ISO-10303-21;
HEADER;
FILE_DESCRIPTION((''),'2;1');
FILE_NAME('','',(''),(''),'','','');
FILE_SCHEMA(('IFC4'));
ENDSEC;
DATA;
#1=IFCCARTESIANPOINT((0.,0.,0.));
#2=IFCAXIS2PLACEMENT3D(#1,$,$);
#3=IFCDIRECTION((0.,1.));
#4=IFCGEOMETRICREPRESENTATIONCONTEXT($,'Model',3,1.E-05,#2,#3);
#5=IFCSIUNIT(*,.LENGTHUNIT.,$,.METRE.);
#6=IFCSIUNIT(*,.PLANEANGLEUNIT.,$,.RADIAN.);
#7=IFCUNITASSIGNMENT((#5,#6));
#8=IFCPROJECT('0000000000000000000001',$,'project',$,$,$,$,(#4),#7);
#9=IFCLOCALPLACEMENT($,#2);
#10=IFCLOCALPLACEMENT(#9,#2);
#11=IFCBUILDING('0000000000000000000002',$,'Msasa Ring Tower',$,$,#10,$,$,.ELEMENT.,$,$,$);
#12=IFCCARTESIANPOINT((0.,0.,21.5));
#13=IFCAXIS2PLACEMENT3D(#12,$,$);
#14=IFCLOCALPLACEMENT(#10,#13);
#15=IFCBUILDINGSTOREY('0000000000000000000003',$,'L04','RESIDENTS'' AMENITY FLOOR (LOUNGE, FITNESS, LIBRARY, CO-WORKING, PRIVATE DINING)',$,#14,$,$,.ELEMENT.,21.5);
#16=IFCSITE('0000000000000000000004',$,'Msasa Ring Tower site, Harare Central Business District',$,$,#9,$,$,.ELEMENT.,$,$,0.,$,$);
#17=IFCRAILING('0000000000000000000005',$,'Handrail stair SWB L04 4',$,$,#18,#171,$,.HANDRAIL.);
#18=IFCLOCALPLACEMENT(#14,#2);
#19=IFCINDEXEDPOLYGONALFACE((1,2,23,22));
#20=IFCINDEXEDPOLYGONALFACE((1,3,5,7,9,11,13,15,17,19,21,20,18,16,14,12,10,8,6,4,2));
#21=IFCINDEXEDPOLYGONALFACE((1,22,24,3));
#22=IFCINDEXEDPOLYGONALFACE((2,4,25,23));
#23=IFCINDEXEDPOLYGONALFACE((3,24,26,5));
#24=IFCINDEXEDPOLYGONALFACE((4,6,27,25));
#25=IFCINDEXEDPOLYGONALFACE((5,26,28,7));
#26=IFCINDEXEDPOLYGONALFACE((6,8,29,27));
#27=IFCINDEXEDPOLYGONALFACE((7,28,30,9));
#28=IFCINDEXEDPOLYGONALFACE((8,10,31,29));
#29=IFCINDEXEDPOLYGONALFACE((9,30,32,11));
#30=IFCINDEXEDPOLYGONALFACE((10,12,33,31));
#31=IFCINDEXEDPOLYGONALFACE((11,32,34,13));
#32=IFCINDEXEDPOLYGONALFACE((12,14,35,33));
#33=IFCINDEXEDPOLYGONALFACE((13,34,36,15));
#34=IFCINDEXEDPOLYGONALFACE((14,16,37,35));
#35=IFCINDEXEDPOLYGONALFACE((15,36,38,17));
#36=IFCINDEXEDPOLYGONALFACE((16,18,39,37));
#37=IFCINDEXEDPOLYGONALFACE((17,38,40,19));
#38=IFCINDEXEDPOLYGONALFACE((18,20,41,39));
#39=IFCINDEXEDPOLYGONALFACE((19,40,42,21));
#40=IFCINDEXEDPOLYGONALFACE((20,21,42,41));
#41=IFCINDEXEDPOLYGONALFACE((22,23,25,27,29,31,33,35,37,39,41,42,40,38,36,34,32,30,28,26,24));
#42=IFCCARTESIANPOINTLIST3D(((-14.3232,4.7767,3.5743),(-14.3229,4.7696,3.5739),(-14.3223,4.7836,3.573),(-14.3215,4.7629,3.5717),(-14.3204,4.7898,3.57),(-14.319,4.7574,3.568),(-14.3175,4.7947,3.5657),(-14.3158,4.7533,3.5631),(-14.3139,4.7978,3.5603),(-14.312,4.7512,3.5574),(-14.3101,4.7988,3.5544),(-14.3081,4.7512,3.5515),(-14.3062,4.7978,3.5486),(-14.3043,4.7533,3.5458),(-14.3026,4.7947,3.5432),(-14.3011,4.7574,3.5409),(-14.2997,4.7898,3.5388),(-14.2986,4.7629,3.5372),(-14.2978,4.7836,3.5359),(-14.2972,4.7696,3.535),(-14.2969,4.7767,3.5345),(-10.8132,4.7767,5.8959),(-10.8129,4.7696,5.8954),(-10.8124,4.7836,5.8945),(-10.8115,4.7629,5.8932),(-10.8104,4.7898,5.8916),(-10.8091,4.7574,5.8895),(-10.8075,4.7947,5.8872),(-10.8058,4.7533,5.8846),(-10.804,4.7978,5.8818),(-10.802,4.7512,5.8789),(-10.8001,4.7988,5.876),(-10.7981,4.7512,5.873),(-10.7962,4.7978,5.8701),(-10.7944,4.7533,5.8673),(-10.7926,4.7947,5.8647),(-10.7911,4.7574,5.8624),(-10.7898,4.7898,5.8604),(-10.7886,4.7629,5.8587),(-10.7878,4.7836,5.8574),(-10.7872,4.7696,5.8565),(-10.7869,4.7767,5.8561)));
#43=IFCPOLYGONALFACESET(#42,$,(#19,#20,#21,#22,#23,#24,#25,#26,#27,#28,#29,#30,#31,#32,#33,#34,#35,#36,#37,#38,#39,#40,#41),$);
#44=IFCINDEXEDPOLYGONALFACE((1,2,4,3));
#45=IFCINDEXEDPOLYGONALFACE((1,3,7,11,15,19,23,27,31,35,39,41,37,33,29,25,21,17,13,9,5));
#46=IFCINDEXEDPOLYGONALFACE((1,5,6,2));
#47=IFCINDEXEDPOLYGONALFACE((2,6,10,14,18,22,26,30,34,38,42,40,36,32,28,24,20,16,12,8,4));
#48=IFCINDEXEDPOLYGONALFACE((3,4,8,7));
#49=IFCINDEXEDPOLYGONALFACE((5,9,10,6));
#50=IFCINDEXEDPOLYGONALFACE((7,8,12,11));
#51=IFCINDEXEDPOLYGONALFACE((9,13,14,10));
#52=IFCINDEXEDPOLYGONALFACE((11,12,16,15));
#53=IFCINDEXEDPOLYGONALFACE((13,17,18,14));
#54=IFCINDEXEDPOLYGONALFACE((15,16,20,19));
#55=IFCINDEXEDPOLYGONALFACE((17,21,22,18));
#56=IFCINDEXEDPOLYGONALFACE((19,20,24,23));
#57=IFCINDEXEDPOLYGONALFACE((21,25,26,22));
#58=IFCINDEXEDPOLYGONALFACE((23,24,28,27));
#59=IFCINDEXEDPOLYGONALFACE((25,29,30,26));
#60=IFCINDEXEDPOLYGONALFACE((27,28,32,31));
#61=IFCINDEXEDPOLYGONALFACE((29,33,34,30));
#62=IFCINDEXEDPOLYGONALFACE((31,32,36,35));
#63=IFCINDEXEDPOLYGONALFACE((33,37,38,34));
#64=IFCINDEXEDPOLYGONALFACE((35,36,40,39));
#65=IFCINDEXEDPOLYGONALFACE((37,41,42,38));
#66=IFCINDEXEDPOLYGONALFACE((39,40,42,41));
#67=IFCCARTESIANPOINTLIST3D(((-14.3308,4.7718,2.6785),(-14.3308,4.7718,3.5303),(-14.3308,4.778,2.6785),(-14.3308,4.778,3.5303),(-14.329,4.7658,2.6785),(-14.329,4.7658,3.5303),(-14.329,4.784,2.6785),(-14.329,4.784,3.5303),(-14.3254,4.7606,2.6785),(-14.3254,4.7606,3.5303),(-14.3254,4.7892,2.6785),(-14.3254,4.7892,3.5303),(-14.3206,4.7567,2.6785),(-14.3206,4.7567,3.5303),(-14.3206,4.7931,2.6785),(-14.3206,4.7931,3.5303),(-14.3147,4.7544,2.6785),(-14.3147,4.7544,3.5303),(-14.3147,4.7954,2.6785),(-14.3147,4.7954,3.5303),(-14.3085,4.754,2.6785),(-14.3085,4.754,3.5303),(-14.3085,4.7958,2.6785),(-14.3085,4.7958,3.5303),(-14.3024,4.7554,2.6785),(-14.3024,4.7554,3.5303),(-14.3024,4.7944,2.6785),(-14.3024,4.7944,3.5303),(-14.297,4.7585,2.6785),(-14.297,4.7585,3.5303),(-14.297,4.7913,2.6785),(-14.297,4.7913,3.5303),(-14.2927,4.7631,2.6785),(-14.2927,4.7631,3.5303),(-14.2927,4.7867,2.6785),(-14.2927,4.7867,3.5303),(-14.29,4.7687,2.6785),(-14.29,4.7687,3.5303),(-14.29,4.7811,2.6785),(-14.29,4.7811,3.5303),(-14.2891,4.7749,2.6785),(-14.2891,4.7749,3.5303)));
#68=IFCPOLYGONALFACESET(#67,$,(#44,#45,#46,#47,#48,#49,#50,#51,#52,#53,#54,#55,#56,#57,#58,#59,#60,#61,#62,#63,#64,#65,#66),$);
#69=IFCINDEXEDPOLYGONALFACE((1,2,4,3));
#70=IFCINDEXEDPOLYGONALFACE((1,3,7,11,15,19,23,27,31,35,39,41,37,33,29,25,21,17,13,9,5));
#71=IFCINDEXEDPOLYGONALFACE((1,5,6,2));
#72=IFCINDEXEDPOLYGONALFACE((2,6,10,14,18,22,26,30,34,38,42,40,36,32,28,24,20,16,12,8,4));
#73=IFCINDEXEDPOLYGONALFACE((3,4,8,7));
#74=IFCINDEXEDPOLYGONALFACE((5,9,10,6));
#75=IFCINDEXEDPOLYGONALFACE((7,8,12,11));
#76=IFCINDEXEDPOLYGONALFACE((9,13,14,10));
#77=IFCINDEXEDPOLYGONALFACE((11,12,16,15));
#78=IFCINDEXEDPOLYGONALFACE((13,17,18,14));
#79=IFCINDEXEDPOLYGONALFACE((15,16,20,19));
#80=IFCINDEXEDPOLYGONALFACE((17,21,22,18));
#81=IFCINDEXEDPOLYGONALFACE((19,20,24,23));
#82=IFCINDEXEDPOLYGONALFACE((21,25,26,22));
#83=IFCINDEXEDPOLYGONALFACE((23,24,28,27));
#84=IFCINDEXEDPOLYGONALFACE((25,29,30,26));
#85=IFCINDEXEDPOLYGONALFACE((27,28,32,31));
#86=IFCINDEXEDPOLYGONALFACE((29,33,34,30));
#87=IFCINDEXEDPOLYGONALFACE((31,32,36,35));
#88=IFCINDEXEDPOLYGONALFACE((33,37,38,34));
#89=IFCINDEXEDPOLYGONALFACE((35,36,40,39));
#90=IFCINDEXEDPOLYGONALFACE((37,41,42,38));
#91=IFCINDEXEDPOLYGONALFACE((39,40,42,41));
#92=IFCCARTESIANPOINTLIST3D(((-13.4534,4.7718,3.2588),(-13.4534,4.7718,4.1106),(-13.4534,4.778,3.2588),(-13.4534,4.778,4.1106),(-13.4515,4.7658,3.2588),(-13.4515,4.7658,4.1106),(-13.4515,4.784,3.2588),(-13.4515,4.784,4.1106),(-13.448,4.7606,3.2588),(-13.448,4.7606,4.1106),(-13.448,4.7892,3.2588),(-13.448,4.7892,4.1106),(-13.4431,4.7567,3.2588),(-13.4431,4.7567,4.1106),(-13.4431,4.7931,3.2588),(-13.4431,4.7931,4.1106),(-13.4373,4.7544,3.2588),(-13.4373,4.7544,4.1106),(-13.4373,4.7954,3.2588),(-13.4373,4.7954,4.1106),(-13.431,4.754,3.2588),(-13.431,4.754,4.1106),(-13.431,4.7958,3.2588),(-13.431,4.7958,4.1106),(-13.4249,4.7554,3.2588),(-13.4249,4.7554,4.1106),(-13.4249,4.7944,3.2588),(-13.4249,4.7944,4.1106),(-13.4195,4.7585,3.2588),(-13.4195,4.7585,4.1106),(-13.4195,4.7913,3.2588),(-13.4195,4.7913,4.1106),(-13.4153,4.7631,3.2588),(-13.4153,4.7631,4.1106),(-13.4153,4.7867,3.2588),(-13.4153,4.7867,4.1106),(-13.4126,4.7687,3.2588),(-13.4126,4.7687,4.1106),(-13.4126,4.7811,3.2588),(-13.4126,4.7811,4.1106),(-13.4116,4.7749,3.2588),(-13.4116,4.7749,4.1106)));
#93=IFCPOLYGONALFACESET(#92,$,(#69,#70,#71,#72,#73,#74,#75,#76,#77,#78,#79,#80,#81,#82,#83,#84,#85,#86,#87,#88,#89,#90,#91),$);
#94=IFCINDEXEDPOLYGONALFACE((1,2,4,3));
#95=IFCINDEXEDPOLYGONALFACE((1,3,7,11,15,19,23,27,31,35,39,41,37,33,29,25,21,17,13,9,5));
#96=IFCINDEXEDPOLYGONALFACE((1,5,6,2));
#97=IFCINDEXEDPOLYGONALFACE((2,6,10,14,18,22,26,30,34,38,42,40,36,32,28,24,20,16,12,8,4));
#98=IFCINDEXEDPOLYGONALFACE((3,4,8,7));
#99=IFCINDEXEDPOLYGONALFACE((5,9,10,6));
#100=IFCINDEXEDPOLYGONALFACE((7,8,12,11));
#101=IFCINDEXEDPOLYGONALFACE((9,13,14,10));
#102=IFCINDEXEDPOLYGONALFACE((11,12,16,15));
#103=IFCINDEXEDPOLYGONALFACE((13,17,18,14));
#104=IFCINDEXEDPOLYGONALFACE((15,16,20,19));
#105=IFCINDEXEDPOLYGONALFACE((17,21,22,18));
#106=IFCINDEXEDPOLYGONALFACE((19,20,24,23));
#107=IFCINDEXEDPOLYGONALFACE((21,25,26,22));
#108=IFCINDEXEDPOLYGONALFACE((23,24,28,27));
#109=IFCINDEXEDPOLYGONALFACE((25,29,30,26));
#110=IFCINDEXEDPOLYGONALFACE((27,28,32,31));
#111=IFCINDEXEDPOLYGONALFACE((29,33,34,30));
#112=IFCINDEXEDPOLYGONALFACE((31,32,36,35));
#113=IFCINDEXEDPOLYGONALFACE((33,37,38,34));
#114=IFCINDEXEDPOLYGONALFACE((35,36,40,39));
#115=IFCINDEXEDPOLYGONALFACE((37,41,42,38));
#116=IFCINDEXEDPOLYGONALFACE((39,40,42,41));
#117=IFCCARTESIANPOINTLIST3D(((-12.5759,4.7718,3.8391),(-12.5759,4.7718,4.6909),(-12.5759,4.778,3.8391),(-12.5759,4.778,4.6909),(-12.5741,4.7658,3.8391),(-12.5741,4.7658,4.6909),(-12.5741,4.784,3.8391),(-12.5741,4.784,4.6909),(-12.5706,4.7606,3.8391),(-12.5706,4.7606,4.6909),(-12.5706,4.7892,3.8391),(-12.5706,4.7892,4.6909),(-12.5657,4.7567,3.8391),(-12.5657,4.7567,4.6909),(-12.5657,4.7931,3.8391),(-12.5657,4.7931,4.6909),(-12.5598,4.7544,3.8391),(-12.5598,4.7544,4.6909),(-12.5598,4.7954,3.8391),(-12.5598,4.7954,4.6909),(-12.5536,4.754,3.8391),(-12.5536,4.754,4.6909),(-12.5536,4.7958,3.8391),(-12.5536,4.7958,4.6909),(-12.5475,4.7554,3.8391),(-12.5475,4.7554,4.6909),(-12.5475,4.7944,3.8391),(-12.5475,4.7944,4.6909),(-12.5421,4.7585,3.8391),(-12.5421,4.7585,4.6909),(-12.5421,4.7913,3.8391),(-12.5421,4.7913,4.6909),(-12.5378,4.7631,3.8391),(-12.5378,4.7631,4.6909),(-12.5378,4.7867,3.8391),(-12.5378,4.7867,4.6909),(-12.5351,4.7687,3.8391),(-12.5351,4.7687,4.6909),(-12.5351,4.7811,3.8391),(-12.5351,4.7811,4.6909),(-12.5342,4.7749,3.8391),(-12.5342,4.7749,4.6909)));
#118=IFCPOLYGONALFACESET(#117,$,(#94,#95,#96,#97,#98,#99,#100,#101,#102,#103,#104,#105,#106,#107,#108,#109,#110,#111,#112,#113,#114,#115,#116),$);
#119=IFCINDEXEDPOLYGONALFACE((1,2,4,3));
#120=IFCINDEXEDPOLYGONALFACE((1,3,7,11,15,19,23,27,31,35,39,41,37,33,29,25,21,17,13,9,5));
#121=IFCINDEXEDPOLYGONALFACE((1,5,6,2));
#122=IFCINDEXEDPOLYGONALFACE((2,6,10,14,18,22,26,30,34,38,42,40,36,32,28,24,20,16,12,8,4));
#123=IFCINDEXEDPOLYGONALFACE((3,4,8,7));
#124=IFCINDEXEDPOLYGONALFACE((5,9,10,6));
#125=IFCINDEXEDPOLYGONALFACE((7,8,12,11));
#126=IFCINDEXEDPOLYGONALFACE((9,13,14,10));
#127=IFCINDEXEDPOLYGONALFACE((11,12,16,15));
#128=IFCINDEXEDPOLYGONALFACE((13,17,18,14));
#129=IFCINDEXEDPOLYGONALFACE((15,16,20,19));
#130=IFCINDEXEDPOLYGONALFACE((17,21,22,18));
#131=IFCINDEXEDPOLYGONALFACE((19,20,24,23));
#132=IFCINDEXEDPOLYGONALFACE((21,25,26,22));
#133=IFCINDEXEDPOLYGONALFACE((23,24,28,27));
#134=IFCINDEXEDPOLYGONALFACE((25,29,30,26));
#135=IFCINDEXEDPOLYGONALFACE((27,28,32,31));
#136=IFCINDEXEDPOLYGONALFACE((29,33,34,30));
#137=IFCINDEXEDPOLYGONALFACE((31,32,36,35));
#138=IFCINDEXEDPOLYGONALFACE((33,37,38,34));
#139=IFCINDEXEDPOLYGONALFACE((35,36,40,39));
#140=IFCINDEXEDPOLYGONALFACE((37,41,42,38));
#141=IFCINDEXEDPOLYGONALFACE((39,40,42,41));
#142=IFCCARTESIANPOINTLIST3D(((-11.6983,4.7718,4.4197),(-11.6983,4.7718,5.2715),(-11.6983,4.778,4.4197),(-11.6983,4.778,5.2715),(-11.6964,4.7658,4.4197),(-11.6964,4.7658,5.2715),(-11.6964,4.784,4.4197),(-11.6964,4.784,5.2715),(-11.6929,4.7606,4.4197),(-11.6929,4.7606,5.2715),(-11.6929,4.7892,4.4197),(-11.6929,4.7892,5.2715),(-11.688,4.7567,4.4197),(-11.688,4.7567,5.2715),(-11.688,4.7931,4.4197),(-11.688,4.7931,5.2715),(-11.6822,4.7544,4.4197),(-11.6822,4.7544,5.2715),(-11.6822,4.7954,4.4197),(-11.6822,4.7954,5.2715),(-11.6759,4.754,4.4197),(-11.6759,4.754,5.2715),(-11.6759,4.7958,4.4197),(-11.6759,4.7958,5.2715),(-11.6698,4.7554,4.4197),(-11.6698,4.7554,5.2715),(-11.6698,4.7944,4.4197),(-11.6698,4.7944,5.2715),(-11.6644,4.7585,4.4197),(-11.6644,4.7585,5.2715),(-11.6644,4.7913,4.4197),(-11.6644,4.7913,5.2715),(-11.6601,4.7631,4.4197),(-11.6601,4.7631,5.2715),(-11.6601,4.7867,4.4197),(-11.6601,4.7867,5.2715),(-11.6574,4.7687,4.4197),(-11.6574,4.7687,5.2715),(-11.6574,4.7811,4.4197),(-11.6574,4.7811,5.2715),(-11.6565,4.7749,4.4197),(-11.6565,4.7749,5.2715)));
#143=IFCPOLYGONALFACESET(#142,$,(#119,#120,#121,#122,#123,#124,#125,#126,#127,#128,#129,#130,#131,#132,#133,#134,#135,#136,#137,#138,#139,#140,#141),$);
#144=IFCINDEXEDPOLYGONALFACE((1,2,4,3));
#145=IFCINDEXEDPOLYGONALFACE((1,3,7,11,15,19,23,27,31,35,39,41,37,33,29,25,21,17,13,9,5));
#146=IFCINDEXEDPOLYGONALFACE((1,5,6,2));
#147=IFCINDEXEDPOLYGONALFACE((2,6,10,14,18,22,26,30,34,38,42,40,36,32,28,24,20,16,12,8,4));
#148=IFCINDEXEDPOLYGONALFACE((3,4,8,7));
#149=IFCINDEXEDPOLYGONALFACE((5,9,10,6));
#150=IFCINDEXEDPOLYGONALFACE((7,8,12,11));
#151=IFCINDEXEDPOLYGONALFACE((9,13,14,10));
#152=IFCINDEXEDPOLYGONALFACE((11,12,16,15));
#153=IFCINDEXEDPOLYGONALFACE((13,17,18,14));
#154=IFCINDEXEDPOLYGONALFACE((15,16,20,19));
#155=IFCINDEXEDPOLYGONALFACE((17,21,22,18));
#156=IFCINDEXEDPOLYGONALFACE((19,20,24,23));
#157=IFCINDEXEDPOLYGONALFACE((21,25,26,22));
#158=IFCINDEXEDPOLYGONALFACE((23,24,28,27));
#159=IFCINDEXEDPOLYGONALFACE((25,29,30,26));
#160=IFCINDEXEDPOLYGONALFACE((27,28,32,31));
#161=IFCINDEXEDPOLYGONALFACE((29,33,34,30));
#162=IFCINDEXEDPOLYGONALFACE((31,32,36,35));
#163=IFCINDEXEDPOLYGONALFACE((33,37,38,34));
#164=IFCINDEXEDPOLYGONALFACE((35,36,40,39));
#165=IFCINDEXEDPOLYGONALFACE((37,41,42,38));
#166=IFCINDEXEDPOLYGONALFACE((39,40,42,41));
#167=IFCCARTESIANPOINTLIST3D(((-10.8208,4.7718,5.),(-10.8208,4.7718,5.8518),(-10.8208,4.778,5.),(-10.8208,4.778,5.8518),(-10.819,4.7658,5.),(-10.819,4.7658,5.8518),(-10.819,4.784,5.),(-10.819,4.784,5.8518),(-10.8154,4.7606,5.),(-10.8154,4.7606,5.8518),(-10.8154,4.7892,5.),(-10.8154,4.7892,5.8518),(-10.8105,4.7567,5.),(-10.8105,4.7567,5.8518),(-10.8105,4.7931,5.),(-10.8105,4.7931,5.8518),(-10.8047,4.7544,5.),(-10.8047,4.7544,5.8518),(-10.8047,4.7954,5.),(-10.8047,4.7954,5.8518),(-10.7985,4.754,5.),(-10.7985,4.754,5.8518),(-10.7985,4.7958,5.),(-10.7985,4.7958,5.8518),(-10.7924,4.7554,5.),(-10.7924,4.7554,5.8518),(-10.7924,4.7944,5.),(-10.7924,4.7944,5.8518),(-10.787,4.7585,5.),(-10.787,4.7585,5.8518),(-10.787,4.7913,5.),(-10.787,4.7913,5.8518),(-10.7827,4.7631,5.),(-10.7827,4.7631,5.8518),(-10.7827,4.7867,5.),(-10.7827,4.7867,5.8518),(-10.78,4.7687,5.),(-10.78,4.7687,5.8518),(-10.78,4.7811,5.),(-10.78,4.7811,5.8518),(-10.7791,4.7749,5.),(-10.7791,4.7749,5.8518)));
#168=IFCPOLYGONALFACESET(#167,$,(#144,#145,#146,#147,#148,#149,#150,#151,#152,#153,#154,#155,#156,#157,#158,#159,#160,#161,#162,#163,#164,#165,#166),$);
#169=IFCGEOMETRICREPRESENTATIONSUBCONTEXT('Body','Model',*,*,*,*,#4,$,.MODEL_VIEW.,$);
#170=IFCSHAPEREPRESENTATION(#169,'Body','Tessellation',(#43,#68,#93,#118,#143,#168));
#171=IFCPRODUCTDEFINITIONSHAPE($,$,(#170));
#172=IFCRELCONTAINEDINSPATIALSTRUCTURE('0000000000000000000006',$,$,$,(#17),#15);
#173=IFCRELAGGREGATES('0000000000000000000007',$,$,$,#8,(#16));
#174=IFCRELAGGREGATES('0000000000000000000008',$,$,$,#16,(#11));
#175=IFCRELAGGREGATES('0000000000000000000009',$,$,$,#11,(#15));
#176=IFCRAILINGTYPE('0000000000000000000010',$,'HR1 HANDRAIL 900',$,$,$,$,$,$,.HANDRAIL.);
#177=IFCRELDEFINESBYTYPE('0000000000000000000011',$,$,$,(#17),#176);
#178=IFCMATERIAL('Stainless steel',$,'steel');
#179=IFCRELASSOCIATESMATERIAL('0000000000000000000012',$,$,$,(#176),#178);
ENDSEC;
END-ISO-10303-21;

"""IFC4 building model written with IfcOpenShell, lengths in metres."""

from ifc_helpers import new_model, si_unit, direction, frame, origin, origin_2d, place, context, subcontext, project, spatial, circle, extrude, material, type_object, element, save


model = new_model("IFC4")

# Units and contexts
model_context = context("Model", 3, precision=1e-05, world=origin(), true_north=direction((0.0, 1.0)))
body_context = subcontext(model_context, "Body", "Model", "MODEL_VIEW")
ifc_project = project(units=[si_unit("LENGTHUNIT", "METRE"), si_unit("PLANEANGLEUNIT", "RADIAN")], contexts=[model_context])

# Site, building, storey
site_placement = place(None, origin())
site = spatial("IfcSite", under=ifc_project, at=site_placement, Name="Msasa Ring Tower site, Harare Central Business District", CompositionType="ELEMENT", RefElevation=0.0)
building_placement = place(site_placement, origin())
building = spatial("IfcBuilding", under=site, at=building_placement, Name="Msasa Ring Tower", CompositionType="ELEMENT")
storey_placement = place(building_placement, frame((0.0, 0.0, 21.5)))
storey = spatial("IfcBuildingStorey", under=building, at=storey_placement, Name="L04", Description="RESIDENTS' AMENITY FLOOR (LOUNGE, FITNESS, LIBRARY, CO-WORKING, PRIVATE DINING)", CompositionType="ELEMENT", Elevation=21.5)

# Railing
ifc_material_1 = material(Name="Stainless steel", Category="steel")
railing_type = type_object("IfcRailingType", Name="HR1 HANDRAIL 900", PredefinedType="HANDRAIL", material=ifc_material_1)
for number, where, name in (
    (1, (-14.3101, 4.7749, 2.6785), "Handrail stair SWB L04 4"),
):
    element("IfcRailing", number, at=place(storey_placement, frame(where)), inside=storey, type_object=railing_type, Name=name, PredefinedType="HANDRAIL", context=body_context, shape_type="SweptSolid", body=[
        extrude(circle(Radius=0.0239, at=origin_2d()), frame((0.0, 0.0, 0.876), z_axis=(0.834071, 0.0, 0.551657), x_axis=(0.0, 1.0, 0.0)), (0.0, 0.0, 1.0), 4.2083),
        extrude(circle(Radius=0.021, at=origin_2d()), origin(), (0.0, 0.0, 1.0), 0.8518),
        extrude(circle(Radius=0.021, at=origin_2d()), frame((0.8774, 0.0, 0.5803)), (0.0, 0.0, 1.0), 0.8518),
        extrude(circle(Radius=0.021, at=origin_2d()), frame((1.7549, 0.0, 1.1606)), (0.0, 0.0, 1.0), 0.8518),
        extrude(circle(Radius=0.021, at=origin_2d()), frame((2.6326, 0.0, 1.7412)), (0.0, 0.0, 1.0), 0.8518),
        extrude(circle(Radius=0.021, at=origin_2d()), frame((3.51, 0.0, 2.3215)), (0.0, 0.0, 1.0), 0.8518),
    ])

save(model, "model.ifc")
